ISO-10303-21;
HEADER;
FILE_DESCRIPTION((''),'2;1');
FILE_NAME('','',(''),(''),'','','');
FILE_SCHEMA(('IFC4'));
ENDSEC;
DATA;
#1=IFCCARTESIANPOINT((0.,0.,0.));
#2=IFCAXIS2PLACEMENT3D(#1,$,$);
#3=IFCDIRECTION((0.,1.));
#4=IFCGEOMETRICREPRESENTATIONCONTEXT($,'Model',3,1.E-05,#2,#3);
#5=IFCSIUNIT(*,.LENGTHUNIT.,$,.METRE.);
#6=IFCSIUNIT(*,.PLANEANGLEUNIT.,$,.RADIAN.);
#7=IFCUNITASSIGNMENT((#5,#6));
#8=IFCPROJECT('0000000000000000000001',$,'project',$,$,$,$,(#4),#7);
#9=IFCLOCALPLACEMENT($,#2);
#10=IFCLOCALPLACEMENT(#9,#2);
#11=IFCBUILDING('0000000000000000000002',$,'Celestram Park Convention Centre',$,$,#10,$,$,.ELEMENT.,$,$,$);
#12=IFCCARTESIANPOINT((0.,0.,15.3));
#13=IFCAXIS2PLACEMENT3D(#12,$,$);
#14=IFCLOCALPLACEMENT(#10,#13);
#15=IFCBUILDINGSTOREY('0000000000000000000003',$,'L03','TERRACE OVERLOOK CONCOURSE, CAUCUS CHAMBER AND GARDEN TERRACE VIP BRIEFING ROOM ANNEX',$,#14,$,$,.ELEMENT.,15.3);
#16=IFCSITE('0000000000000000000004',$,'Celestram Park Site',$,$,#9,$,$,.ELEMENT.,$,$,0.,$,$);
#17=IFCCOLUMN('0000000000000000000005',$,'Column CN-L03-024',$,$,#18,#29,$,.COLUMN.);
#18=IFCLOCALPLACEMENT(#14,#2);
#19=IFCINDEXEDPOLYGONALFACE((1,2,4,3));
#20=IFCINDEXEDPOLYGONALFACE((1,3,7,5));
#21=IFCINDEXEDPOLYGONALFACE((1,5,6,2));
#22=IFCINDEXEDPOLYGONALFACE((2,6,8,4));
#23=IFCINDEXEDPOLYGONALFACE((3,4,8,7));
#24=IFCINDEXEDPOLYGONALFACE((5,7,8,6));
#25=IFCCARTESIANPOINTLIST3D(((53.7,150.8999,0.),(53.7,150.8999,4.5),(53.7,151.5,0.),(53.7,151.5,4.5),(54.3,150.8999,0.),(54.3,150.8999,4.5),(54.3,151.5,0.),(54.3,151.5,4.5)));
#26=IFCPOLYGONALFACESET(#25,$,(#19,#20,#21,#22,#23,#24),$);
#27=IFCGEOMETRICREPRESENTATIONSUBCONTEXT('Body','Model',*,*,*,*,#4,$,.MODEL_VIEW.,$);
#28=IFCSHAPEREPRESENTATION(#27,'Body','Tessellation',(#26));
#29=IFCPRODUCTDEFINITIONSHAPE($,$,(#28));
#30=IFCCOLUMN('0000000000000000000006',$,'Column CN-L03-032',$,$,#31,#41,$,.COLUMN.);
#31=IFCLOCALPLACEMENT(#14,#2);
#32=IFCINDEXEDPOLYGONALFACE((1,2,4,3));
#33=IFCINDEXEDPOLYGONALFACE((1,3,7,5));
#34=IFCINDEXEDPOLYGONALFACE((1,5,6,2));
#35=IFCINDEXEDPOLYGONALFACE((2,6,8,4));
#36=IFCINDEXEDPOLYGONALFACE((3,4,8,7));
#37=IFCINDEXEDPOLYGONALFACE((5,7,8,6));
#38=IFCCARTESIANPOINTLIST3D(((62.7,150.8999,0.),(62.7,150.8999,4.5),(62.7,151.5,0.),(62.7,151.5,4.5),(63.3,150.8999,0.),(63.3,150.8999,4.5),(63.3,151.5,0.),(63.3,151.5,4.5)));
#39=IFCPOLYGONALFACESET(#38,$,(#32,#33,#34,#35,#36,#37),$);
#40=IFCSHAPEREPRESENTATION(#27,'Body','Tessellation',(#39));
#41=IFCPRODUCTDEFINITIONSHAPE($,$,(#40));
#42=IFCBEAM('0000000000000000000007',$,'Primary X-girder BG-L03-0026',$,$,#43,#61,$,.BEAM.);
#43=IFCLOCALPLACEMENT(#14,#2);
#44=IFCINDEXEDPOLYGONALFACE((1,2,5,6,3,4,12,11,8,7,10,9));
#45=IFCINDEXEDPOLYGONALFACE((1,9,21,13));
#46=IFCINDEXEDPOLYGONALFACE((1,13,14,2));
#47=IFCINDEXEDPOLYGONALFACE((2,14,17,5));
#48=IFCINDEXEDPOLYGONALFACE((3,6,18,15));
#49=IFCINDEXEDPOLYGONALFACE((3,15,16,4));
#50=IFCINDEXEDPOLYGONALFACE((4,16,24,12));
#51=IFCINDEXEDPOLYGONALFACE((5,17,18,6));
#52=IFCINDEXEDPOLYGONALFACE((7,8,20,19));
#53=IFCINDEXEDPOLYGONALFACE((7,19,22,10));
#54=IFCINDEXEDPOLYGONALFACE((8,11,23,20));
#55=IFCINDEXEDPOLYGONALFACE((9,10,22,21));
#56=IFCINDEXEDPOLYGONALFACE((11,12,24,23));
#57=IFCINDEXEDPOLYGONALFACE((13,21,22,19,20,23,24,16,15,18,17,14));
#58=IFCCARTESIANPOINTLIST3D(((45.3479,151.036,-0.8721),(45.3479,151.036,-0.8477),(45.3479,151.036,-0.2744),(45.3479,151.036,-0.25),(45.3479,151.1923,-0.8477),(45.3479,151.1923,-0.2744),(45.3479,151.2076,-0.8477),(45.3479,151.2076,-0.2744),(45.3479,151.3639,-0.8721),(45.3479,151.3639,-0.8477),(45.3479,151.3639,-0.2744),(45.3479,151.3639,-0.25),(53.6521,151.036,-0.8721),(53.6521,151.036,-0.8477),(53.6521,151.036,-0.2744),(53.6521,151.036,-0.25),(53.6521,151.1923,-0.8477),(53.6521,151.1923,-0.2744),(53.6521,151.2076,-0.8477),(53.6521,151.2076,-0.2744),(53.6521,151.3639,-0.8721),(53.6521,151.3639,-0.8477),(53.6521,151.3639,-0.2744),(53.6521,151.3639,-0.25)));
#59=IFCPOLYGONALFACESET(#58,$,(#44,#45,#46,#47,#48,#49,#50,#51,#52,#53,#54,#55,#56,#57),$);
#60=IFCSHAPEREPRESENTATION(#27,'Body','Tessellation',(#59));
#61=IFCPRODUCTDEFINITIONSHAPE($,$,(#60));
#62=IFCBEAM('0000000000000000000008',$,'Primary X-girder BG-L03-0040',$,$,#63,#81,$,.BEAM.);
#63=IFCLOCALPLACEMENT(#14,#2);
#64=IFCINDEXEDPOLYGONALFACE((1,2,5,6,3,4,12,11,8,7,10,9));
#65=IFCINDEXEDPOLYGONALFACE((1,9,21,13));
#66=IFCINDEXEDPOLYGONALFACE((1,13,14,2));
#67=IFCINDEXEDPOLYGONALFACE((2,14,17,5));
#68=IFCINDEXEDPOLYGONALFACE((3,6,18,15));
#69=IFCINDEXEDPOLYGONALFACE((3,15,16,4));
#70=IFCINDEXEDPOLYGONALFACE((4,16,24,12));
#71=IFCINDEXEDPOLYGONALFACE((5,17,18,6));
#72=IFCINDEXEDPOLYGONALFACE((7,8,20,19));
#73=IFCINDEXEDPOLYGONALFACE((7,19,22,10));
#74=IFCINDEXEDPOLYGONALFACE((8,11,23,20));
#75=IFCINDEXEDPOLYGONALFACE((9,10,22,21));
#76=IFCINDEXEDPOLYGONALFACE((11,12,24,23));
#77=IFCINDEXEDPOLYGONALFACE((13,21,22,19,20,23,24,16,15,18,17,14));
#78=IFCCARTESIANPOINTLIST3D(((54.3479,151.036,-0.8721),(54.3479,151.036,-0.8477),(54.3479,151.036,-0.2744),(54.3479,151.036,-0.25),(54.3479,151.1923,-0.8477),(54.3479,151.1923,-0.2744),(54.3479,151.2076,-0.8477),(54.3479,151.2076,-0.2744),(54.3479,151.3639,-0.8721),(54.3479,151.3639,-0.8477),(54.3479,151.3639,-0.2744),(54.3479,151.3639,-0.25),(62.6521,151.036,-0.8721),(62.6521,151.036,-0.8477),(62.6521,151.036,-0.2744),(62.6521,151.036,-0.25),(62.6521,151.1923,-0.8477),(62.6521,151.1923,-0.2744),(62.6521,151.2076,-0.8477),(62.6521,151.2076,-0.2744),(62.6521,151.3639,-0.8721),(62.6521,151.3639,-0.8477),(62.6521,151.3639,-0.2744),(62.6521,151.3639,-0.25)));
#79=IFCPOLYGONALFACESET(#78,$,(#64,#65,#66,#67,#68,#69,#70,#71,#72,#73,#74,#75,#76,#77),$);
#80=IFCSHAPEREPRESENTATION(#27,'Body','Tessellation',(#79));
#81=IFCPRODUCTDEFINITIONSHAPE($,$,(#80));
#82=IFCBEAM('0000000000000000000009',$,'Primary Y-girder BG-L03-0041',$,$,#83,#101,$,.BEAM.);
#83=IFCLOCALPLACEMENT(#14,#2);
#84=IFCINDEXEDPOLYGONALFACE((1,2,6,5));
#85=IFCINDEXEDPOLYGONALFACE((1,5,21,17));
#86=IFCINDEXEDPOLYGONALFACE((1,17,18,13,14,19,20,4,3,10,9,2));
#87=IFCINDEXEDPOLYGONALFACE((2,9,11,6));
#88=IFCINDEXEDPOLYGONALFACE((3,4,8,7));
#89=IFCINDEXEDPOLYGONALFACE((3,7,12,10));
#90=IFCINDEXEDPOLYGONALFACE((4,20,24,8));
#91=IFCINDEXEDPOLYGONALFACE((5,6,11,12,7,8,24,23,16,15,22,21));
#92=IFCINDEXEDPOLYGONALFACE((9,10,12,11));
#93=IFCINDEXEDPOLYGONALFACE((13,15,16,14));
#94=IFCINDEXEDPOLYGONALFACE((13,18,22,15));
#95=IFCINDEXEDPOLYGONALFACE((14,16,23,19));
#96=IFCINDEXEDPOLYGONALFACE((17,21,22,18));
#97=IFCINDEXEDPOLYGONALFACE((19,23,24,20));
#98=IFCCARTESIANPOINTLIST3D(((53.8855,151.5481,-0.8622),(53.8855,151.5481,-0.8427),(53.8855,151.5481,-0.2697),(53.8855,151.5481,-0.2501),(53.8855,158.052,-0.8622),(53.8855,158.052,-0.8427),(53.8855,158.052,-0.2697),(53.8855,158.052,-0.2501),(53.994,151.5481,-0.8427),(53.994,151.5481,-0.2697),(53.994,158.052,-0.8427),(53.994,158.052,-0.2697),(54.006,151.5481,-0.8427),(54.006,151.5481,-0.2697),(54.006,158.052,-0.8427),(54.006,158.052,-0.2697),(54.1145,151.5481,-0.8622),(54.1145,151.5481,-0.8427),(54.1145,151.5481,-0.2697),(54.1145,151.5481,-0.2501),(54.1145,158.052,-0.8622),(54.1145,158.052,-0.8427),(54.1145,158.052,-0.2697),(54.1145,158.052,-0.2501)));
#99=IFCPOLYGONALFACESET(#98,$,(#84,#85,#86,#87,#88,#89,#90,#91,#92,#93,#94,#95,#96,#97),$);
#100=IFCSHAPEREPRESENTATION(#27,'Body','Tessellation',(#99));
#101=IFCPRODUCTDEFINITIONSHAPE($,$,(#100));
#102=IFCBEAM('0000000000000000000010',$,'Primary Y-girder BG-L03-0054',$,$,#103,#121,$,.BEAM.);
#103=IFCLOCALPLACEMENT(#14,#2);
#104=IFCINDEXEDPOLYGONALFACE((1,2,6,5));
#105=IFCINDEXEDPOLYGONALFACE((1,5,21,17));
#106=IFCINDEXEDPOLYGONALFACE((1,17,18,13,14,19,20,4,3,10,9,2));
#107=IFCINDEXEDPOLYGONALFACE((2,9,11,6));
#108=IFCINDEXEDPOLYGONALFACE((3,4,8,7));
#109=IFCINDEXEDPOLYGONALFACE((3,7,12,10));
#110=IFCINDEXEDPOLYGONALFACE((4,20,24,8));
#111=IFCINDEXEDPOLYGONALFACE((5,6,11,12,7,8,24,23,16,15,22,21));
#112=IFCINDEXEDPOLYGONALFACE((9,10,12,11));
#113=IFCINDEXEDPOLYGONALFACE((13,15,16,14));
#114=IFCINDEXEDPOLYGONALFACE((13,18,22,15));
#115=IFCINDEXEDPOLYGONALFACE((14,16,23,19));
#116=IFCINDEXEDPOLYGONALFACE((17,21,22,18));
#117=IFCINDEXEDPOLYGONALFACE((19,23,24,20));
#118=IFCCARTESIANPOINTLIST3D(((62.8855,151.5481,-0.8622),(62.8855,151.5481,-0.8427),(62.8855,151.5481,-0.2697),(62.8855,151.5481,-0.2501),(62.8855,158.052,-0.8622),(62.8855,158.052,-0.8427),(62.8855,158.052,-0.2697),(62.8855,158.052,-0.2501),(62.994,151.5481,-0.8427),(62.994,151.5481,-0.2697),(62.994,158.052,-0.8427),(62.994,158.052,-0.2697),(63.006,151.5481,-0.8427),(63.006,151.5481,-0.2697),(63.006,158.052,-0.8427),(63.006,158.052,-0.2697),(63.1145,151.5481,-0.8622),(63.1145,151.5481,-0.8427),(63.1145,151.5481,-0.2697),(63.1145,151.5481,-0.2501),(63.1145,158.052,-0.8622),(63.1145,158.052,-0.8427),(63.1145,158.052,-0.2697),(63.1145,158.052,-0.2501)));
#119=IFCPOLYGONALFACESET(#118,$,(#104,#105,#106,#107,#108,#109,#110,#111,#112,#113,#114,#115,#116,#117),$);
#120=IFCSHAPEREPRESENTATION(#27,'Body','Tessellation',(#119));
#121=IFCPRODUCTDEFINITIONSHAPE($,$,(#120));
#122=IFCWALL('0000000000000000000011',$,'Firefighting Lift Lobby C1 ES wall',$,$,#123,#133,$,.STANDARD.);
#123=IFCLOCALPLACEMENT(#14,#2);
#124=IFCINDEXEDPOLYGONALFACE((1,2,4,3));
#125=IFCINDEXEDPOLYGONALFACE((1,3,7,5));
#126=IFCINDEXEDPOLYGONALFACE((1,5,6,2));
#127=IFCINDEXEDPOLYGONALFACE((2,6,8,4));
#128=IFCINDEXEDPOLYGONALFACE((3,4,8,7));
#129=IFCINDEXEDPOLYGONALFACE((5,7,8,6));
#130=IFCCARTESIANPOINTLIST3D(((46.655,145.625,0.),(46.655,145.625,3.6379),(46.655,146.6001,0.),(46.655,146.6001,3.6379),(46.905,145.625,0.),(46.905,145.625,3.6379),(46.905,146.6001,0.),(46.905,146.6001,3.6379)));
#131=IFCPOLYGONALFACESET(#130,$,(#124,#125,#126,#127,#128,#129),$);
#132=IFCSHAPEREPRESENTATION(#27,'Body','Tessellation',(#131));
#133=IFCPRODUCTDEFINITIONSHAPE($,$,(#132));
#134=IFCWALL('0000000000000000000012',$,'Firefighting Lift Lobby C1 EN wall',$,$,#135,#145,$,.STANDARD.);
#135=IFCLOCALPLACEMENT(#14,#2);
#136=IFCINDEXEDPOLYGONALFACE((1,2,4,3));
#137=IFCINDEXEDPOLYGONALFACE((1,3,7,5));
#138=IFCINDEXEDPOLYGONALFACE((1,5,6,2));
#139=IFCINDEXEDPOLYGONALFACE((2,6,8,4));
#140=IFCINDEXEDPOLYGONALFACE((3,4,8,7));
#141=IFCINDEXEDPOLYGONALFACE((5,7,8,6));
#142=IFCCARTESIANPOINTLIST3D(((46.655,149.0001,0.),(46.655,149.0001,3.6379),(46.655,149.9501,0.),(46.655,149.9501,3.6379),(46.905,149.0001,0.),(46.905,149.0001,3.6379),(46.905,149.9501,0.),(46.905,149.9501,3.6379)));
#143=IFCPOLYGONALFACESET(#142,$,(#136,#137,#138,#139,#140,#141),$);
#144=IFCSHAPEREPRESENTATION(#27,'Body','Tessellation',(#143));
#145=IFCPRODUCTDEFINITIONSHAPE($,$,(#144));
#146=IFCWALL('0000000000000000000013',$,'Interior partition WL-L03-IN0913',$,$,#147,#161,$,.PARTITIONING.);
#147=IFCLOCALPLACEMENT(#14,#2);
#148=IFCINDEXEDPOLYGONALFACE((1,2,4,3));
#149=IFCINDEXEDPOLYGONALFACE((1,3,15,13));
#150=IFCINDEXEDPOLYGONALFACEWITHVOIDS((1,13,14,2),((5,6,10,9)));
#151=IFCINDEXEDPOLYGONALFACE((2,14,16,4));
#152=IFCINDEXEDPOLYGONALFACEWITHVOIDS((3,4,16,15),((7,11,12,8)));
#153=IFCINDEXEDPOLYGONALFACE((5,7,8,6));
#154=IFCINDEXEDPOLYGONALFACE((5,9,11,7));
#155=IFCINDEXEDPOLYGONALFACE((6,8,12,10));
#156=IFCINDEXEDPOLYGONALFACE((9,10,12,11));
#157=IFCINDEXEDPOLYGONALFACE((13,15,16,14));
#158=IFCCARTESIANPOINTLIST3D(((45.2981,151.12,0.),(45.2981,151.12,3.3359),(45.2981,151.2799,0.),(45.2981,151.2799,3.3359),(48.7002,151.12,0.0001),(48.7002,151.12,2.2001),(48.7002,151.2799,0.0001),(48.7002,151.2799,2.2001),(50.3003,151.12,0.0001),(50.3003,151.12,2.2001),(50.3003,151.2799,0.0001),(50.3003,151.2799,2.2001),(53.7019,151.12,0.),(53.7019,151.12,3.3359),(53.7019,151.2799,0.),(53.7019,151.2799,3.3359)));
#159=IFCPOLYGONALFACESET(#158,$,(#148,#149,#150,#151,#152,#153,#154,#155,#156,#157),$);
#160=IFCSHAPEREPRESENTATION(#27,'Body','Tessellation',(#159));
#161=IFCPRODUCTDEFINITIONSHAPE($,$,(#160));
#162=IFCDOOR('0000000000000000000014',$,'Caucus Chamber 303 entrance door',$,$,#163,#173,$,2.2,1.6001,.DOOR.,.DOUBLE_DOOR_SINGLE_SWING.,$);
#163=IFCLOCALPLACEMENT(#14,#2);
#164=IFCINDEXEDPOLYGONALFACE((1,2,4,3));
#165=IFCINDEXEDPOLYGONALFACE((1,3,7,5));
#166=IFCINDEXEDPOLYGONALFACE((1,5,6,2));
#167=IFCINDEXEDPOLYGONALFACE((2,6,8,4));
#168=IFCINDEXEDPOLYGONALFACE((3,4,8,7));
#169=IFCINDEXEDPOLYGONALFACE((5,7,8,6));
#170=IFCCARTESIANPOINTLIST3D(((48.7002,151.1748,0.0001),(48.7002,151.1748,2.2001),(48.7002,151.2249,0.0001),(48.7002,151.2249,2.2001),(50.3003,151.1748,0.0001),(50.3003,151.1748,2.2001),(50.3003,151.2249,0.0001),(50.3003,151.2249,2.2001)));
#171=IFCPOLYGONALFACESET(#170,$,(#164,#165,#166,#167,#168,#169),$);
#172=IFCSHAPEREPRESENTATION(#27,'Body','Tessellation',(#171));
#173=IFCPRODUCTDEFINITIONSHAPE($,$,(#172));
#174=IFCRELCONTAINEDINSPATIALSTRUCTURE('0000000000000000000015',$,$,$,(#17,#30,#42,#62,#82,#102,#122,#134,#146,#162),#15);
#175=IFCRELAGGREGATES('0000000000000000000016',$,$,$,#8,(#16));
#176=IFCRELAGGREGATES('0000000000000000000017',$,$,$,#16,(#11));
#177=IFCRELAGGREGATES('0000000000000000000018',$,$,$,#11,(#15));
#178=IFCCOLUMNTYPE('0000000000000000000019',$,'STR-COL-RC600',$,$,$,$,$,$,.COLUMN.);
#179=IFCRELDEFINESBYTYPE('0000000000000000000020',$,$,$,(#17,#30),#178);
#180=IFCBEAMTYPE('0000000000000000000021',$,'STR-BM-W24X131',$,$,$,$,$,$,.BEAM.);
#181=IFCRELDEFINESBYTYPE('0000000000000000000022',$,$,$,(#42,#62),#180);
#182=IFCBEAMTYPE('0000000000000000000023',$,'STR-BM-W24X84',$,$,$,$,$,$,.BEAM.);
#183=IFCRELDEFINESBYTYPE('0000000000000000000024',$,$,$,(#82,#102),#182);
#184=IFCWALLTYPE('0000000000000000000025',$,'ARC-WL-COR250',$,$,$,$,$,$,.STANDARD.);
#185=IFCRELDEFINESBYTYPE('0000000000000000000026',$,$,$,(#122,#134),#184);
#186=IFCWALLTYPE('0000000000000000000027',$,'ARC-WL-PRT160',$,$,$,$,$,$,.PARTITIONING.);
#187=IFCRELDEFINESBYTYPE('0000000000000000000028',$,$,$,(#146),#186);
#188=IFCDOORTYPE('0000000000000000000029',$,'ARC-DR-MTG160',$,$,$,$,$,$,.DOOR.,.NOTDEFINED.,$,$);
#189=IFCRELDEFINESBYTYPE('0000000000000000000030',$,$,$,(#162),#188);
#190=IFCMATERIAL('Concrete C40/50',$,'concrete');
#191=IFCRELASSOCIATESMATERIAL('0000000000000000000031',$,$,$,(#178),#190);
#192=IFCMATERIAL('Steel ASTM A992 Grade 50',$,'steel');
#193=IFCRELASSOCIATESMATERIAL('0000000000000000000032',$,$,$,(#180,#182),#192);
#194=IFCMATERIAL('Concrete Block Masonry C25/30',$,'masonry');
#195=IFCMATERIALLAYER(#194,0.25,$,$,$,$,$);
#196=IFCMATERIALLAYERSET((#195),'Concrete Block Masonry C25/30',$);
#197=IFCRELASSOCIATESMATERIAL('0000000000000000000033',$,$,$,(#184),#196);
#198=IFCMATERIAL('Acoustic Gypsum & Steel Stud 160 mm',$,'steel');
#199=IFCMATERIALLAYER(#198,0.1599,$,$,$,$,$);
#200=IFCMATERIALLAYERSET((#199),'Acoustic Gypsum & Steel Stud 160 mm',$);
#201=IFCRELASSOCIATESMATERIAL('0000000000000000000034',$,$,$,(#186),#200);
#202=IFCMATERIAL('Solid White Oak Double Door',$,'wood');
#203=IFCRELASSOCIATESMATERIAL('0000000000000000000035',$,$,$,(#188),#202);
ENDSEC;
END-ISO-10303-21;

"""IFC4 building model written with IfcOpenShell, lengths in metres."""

from ifc_helpers import new_model, si_unit, direction, frame, frame_2d, origin, origin_2d, place, context, subcontext, project, spatial, rectangle, i_section, extrude, material, layer, layer_set, material_profile, profile_set, type_object, element, fill, save


model = new_model("IFC4")

# Units and contexts
model_context = context("Model", 3, precision=1e-05, world=origin(), true_north=direction((0.0, 1.0)))
body_context = subcontext(model_context, "Body", "Model", "MODEL_VIEW")
ifc_project = project(units=[si_unit("LENGTHUNIT", "METRE"), si_unit("PLANEANGLEUNIT", "RADIAN")], contexts=[model_context])

# Site, building, storey
site_placement = place(None, origin())
site = spatial("IfcSite", under=ifc_project, at=site_placement, Name="Celestram Park Site", CompositionType="ELEMENT", RefElevation=0.0)
building_placement = place(site_placement, origin())
building = spatial("IfcBuilding", under=site, at=building_placement, Name="Celestram Park Convention Centre", CompositionType="ELEMENT")
storey_placement = place(building_placement, frame((0.0, 0.0, 15.3)))
storey = spatial("IfcBuildingStorey", under=building, at=storey_placement, Name="L03", Description="TERRACE OVERLOOK CONCOURSE, CAUCUS CHAMBER AND GARDEN TERRACE VIP BRIEFING ROOM ANNEX", CompositionType="ELEMENT", Elevation=15.3)

# Columns
ifc_material_1 = material(Name="Concrete C40/50", Category="concrete")
ifc_material_profile_1 = material_profile(ifc_material_1, rectangle(XDim=0.6001, YDim=0.6001, at=origin_2d()), Name="RC600X600")
ifc_profile_set_1 = profile_set([ifc_material_profile_1], Name="Concrete C40/50")
column_type = type_object("IfcColumnType", Name="STR-COL-RC600", PredefinedType="COLUMN", material=ifc_profile_set_1)
for number, where, z_axis, x_axis, name in (
    (1, (54.0, 151.2, 0.0), (0.0, 0.0, 1.0), (1.0, 0.0, 0.0), "Column CN-L03-024"),
    (2, (63.0, 151.2, 0.0), (0.0, 0.0, 1.0), (1.0, 0.0, 0.0), "Column CN-L03-032"),
):
    element("IfcColumn", number, at=place(storey_placement, frame(where, z_axis=z_axis, x_axis=x_axis)), inside=storey, type_object=column_type, Name=name, PredefinedType="COLUMN", context=body_context, shape_type="SweptSolid", body=[
        extrude(rectangle(XDim=0.6001, YDim=0.6001, at=origin_2d()), origin(), (0.0, 0.0, 1.0), 4.5),
    ])

# Beams
ifc_material_2 = material(Name="Steel ASTM A992 Grade 50", Category="steel")
ifc_material_profile_2 = material_profile(ifc_material_2, i_section(OverallWidth=0.3279, OverallDepth=0.6221, WebThickness=0.0154, FlangeThickness=0.0244, at=origin_2d()), Name="W24X131")
ifc_profile_set_2 = profile_set([ifc_material_profile_2], Name="Steel ASTM A992 Grade 50")
beam_type_1 = type_object("IfcBeamType", Name="STR-BM-W24X131", PredefinedType="BEAM", material=ifc_profile_set_2)
for number, where, z_axis, x_axis, name in (
    (3, (45.3479, 151.2, -0.561), (1.0, 0.0, 0.0), (0.0, 1.0, 0.0), "Primary X-girder BG-L03-0026"),
    (4, (54.3479, 151.2, -0.561), (1.0, 0.0, 0.0), (0.0, 1.0, 0.0), "Primary X-girder BG-L03-0040"),
):
    element("IfcBeam", number, at=place(storey_placement, frame(where, z_axis=z_axis, x_axis=x_axis)), inside=storey, type_object=beam_type_1, Name=name, PredefinedType="BEAM", context=body_context, shape_type="SweptSolid", body=[
        extrude(i_section(OverallWidth=0.3279, OverallDepth=0.6221, WebThickness=0.0154, FlangeThickness=0.0244, at=origin_2d()), origin(), (0.0, 0.0, 1.0), 8.3042),
    ])
ifc_material_profile_3 = material_profile(ifc_material_2, i_section(OverallWidth=0.229, OverallDepth=0.6121, WebThickness=0.012, FlangeThickness=0.0195, at=origin_2d()), Name="W24X84")
ifc_profile_set_3 = profile_set([ifc_material_profile_3], Name="Steel ASTM A992 Grade 50")
beam_type_2 = type_object("IfcBeamType", Name="STR-BM-W24X84", PredefinedType="BEAM", material=ifc_profile_set_3)
for number, where, z_axis, x_axis, name in (
    (5, (54.0, 151.5481, -0.5562), (0.0, 1.0, 0.0), (-1.0, 0.0, 0.0), "Primary Y-girder BG-L03-0041"),
    (6, (63.0, 151.5481, -0.5562), (0.0, 1.0, 0.0), (-1.0, 0.0, 0.0), "Primary Y-girder BG-L03-0054"),
):
    element("IfcBeam", number, at=place(storey_placement, frame(where, z_axis=z_axis, x_axis=x_axis)), inside=storey, type_object=beam_type_2, Name=name, PredefinedType="BEAM", context=body_context, shape_type="SweptSolid", body=[
        extrude(i_section(OverallWidth=0.229, OverallDepth=0.6121, WebThickness=0.012, FlangeThickness=0.0195, at=origin_2d()), origin(), (0.0, 0.0, 1.0), 6.5039),
    ])

# Walls
ifc_material_3 = material(Name="Concrete Block Masonry C25/30", Category="masonry")
ifc_layer_1 = layer(ifc_material_3, 0.25)
ifc_layer_set_1 = layer_set([ifc_layer_1], Name="Concrete Block Masonry C25/30")
wall_type_1 = type_object("IfcWallType", Name="ARC-WL-COR250", PredefinedType="STANDARD", material=ifc_layer_set_1)
wall_1_placement = place(storey_placement, frame((46.78, 145.625, 0.0), z_axis=(0.0, 0.0, 1.0), x_axis=(0.0, 1.0, 0.0)))
element("IfcWall", 7, at=wall_1_placement, inside=storey, type_object=wall_type_1, Name="Firefighting Lift Lobby C1 ES wall", PredefinedType="STANDARD", context=body_context, shape_type="SweptSolid", body=[
    extrude(rectangle(XDim=0.9751, YDim=0.25, at=frame_2d((0.4875, 0.0))), origin(), (0.0, 0.0, 1.0), 3.6379),
])
wall_2_placement = place(storey_placement, frame((46.78, 149.0, 0.0), z_axis=(0.0, 0.0, 1.0), x_axis=(0.0, 1.0, 0.0)))
element("IfcWall", 8, at=wall_2_placement, inside=storey, type_object=wall_type_1, Name="Firefighting Lift Lobby C1 EN wall", PredefinedType="STANDARD", context=body_context, shape_type="SweptSolid", body=[
    extrude(rectangle(XDim=0.95, YDim=0.25, at=frame_2d((0.4751, 0.0))), origin(), (0.0, 0.0, 1.0), 3.6379),
])

# Wall, opening, door
ifc_material_4 = material(Name="Acoustic Gypsum & Steel Stud 160 mm", Category="steel")
ifc_layer_2 = layer(ifc_material_4, 0.1599)
ifc_layer_set_2 = layer_set([ifc_layer_2], Name="Acoustic Gypsum & Steel Stud 160 mm")
wall_type_2 = type_object("IfcWallType", Name="ARC-WL-PRT160", PredefinedType="PARTITIONING", material=ifc_layer_set_2)
wall_3_placement = place(storey_placement, frame((45.2981, 151.2, 0.0), z_axis=(0.0, 0.0, 1.0), x_axis=(1.0, 0.0, 0.0)))
wall_3 = element("IfcWall", 9, at=wall_3_placement, inside=storey, type_object=wall_type_2, Name="Interior partition WL-L03-IN0913", PredefinedType="PARTITIONING", context=body_context, shape_type="SweptSolid", body=[
    extrude(rectangle(XDim=8.4038, YDim=0.1599, at=frame_2d((4.2019, 0.0))), origin(), (0.0, 0.0, 1.0), 3.3359),
])
opening_1_placement = place(wall_3_placement, frame((3.4021, 0.0, 0.0)))
opening_1 = element("IfcOpeningElement", 10, at=opening_1_placement, cuts=wall_3, PredefinedType="OPENING", context=body_context, shape_type="SweptSolid", body=[
    extrude(rectangle(XDim=1.6001, YDim=2.2, at=frame_2d((0.8, 1.1001))), frame((0.0, 0.0898, 0.0), z_axis=(0.0, -1.0, 0.0), x_axis=(1.0, 0.0, 0.0)), (0.0, 0.0, 1.0), 0.1799),
])
ifc_material_5 = material(Name="Solid White Oak Double Door", Category="wood")
door_type_1 = type_object("IfcDoorType", Name="ARC-DR-MTG160", OperationType="NOTDEFINED", PredefinedType="DOOR", material=ifc_material_5)
door_1_placement = place(opening_1_placement, origin())
door_1 = element("IfcDoor", 11, at=door_1_placement, inside=storey, type_object=door_type_1, Name="Caucus Chamber 303 entrance door", OperationType="DOUBLE_DOOR_SINGLE_SWING", OverallHeight=2.2, OverallWidth=1.6001, PredefinedType="DOOR", context=body_context, shape_type="SweptSolid", body=[
    extrude(rectangle(XDim=1.6001, YDim=2.2, at=frame_2d((0.8, 1.1001))), frame((0.0, 0.0249, 0.0), z_axis=(0.0, -1.0, 0.0), x_axis=(1.0, 0.0, 0.0)), (0.0, 0.0, 1.0), 0.05),
])
fill(opening_1, door_1)

save(model, "model.ifc")
